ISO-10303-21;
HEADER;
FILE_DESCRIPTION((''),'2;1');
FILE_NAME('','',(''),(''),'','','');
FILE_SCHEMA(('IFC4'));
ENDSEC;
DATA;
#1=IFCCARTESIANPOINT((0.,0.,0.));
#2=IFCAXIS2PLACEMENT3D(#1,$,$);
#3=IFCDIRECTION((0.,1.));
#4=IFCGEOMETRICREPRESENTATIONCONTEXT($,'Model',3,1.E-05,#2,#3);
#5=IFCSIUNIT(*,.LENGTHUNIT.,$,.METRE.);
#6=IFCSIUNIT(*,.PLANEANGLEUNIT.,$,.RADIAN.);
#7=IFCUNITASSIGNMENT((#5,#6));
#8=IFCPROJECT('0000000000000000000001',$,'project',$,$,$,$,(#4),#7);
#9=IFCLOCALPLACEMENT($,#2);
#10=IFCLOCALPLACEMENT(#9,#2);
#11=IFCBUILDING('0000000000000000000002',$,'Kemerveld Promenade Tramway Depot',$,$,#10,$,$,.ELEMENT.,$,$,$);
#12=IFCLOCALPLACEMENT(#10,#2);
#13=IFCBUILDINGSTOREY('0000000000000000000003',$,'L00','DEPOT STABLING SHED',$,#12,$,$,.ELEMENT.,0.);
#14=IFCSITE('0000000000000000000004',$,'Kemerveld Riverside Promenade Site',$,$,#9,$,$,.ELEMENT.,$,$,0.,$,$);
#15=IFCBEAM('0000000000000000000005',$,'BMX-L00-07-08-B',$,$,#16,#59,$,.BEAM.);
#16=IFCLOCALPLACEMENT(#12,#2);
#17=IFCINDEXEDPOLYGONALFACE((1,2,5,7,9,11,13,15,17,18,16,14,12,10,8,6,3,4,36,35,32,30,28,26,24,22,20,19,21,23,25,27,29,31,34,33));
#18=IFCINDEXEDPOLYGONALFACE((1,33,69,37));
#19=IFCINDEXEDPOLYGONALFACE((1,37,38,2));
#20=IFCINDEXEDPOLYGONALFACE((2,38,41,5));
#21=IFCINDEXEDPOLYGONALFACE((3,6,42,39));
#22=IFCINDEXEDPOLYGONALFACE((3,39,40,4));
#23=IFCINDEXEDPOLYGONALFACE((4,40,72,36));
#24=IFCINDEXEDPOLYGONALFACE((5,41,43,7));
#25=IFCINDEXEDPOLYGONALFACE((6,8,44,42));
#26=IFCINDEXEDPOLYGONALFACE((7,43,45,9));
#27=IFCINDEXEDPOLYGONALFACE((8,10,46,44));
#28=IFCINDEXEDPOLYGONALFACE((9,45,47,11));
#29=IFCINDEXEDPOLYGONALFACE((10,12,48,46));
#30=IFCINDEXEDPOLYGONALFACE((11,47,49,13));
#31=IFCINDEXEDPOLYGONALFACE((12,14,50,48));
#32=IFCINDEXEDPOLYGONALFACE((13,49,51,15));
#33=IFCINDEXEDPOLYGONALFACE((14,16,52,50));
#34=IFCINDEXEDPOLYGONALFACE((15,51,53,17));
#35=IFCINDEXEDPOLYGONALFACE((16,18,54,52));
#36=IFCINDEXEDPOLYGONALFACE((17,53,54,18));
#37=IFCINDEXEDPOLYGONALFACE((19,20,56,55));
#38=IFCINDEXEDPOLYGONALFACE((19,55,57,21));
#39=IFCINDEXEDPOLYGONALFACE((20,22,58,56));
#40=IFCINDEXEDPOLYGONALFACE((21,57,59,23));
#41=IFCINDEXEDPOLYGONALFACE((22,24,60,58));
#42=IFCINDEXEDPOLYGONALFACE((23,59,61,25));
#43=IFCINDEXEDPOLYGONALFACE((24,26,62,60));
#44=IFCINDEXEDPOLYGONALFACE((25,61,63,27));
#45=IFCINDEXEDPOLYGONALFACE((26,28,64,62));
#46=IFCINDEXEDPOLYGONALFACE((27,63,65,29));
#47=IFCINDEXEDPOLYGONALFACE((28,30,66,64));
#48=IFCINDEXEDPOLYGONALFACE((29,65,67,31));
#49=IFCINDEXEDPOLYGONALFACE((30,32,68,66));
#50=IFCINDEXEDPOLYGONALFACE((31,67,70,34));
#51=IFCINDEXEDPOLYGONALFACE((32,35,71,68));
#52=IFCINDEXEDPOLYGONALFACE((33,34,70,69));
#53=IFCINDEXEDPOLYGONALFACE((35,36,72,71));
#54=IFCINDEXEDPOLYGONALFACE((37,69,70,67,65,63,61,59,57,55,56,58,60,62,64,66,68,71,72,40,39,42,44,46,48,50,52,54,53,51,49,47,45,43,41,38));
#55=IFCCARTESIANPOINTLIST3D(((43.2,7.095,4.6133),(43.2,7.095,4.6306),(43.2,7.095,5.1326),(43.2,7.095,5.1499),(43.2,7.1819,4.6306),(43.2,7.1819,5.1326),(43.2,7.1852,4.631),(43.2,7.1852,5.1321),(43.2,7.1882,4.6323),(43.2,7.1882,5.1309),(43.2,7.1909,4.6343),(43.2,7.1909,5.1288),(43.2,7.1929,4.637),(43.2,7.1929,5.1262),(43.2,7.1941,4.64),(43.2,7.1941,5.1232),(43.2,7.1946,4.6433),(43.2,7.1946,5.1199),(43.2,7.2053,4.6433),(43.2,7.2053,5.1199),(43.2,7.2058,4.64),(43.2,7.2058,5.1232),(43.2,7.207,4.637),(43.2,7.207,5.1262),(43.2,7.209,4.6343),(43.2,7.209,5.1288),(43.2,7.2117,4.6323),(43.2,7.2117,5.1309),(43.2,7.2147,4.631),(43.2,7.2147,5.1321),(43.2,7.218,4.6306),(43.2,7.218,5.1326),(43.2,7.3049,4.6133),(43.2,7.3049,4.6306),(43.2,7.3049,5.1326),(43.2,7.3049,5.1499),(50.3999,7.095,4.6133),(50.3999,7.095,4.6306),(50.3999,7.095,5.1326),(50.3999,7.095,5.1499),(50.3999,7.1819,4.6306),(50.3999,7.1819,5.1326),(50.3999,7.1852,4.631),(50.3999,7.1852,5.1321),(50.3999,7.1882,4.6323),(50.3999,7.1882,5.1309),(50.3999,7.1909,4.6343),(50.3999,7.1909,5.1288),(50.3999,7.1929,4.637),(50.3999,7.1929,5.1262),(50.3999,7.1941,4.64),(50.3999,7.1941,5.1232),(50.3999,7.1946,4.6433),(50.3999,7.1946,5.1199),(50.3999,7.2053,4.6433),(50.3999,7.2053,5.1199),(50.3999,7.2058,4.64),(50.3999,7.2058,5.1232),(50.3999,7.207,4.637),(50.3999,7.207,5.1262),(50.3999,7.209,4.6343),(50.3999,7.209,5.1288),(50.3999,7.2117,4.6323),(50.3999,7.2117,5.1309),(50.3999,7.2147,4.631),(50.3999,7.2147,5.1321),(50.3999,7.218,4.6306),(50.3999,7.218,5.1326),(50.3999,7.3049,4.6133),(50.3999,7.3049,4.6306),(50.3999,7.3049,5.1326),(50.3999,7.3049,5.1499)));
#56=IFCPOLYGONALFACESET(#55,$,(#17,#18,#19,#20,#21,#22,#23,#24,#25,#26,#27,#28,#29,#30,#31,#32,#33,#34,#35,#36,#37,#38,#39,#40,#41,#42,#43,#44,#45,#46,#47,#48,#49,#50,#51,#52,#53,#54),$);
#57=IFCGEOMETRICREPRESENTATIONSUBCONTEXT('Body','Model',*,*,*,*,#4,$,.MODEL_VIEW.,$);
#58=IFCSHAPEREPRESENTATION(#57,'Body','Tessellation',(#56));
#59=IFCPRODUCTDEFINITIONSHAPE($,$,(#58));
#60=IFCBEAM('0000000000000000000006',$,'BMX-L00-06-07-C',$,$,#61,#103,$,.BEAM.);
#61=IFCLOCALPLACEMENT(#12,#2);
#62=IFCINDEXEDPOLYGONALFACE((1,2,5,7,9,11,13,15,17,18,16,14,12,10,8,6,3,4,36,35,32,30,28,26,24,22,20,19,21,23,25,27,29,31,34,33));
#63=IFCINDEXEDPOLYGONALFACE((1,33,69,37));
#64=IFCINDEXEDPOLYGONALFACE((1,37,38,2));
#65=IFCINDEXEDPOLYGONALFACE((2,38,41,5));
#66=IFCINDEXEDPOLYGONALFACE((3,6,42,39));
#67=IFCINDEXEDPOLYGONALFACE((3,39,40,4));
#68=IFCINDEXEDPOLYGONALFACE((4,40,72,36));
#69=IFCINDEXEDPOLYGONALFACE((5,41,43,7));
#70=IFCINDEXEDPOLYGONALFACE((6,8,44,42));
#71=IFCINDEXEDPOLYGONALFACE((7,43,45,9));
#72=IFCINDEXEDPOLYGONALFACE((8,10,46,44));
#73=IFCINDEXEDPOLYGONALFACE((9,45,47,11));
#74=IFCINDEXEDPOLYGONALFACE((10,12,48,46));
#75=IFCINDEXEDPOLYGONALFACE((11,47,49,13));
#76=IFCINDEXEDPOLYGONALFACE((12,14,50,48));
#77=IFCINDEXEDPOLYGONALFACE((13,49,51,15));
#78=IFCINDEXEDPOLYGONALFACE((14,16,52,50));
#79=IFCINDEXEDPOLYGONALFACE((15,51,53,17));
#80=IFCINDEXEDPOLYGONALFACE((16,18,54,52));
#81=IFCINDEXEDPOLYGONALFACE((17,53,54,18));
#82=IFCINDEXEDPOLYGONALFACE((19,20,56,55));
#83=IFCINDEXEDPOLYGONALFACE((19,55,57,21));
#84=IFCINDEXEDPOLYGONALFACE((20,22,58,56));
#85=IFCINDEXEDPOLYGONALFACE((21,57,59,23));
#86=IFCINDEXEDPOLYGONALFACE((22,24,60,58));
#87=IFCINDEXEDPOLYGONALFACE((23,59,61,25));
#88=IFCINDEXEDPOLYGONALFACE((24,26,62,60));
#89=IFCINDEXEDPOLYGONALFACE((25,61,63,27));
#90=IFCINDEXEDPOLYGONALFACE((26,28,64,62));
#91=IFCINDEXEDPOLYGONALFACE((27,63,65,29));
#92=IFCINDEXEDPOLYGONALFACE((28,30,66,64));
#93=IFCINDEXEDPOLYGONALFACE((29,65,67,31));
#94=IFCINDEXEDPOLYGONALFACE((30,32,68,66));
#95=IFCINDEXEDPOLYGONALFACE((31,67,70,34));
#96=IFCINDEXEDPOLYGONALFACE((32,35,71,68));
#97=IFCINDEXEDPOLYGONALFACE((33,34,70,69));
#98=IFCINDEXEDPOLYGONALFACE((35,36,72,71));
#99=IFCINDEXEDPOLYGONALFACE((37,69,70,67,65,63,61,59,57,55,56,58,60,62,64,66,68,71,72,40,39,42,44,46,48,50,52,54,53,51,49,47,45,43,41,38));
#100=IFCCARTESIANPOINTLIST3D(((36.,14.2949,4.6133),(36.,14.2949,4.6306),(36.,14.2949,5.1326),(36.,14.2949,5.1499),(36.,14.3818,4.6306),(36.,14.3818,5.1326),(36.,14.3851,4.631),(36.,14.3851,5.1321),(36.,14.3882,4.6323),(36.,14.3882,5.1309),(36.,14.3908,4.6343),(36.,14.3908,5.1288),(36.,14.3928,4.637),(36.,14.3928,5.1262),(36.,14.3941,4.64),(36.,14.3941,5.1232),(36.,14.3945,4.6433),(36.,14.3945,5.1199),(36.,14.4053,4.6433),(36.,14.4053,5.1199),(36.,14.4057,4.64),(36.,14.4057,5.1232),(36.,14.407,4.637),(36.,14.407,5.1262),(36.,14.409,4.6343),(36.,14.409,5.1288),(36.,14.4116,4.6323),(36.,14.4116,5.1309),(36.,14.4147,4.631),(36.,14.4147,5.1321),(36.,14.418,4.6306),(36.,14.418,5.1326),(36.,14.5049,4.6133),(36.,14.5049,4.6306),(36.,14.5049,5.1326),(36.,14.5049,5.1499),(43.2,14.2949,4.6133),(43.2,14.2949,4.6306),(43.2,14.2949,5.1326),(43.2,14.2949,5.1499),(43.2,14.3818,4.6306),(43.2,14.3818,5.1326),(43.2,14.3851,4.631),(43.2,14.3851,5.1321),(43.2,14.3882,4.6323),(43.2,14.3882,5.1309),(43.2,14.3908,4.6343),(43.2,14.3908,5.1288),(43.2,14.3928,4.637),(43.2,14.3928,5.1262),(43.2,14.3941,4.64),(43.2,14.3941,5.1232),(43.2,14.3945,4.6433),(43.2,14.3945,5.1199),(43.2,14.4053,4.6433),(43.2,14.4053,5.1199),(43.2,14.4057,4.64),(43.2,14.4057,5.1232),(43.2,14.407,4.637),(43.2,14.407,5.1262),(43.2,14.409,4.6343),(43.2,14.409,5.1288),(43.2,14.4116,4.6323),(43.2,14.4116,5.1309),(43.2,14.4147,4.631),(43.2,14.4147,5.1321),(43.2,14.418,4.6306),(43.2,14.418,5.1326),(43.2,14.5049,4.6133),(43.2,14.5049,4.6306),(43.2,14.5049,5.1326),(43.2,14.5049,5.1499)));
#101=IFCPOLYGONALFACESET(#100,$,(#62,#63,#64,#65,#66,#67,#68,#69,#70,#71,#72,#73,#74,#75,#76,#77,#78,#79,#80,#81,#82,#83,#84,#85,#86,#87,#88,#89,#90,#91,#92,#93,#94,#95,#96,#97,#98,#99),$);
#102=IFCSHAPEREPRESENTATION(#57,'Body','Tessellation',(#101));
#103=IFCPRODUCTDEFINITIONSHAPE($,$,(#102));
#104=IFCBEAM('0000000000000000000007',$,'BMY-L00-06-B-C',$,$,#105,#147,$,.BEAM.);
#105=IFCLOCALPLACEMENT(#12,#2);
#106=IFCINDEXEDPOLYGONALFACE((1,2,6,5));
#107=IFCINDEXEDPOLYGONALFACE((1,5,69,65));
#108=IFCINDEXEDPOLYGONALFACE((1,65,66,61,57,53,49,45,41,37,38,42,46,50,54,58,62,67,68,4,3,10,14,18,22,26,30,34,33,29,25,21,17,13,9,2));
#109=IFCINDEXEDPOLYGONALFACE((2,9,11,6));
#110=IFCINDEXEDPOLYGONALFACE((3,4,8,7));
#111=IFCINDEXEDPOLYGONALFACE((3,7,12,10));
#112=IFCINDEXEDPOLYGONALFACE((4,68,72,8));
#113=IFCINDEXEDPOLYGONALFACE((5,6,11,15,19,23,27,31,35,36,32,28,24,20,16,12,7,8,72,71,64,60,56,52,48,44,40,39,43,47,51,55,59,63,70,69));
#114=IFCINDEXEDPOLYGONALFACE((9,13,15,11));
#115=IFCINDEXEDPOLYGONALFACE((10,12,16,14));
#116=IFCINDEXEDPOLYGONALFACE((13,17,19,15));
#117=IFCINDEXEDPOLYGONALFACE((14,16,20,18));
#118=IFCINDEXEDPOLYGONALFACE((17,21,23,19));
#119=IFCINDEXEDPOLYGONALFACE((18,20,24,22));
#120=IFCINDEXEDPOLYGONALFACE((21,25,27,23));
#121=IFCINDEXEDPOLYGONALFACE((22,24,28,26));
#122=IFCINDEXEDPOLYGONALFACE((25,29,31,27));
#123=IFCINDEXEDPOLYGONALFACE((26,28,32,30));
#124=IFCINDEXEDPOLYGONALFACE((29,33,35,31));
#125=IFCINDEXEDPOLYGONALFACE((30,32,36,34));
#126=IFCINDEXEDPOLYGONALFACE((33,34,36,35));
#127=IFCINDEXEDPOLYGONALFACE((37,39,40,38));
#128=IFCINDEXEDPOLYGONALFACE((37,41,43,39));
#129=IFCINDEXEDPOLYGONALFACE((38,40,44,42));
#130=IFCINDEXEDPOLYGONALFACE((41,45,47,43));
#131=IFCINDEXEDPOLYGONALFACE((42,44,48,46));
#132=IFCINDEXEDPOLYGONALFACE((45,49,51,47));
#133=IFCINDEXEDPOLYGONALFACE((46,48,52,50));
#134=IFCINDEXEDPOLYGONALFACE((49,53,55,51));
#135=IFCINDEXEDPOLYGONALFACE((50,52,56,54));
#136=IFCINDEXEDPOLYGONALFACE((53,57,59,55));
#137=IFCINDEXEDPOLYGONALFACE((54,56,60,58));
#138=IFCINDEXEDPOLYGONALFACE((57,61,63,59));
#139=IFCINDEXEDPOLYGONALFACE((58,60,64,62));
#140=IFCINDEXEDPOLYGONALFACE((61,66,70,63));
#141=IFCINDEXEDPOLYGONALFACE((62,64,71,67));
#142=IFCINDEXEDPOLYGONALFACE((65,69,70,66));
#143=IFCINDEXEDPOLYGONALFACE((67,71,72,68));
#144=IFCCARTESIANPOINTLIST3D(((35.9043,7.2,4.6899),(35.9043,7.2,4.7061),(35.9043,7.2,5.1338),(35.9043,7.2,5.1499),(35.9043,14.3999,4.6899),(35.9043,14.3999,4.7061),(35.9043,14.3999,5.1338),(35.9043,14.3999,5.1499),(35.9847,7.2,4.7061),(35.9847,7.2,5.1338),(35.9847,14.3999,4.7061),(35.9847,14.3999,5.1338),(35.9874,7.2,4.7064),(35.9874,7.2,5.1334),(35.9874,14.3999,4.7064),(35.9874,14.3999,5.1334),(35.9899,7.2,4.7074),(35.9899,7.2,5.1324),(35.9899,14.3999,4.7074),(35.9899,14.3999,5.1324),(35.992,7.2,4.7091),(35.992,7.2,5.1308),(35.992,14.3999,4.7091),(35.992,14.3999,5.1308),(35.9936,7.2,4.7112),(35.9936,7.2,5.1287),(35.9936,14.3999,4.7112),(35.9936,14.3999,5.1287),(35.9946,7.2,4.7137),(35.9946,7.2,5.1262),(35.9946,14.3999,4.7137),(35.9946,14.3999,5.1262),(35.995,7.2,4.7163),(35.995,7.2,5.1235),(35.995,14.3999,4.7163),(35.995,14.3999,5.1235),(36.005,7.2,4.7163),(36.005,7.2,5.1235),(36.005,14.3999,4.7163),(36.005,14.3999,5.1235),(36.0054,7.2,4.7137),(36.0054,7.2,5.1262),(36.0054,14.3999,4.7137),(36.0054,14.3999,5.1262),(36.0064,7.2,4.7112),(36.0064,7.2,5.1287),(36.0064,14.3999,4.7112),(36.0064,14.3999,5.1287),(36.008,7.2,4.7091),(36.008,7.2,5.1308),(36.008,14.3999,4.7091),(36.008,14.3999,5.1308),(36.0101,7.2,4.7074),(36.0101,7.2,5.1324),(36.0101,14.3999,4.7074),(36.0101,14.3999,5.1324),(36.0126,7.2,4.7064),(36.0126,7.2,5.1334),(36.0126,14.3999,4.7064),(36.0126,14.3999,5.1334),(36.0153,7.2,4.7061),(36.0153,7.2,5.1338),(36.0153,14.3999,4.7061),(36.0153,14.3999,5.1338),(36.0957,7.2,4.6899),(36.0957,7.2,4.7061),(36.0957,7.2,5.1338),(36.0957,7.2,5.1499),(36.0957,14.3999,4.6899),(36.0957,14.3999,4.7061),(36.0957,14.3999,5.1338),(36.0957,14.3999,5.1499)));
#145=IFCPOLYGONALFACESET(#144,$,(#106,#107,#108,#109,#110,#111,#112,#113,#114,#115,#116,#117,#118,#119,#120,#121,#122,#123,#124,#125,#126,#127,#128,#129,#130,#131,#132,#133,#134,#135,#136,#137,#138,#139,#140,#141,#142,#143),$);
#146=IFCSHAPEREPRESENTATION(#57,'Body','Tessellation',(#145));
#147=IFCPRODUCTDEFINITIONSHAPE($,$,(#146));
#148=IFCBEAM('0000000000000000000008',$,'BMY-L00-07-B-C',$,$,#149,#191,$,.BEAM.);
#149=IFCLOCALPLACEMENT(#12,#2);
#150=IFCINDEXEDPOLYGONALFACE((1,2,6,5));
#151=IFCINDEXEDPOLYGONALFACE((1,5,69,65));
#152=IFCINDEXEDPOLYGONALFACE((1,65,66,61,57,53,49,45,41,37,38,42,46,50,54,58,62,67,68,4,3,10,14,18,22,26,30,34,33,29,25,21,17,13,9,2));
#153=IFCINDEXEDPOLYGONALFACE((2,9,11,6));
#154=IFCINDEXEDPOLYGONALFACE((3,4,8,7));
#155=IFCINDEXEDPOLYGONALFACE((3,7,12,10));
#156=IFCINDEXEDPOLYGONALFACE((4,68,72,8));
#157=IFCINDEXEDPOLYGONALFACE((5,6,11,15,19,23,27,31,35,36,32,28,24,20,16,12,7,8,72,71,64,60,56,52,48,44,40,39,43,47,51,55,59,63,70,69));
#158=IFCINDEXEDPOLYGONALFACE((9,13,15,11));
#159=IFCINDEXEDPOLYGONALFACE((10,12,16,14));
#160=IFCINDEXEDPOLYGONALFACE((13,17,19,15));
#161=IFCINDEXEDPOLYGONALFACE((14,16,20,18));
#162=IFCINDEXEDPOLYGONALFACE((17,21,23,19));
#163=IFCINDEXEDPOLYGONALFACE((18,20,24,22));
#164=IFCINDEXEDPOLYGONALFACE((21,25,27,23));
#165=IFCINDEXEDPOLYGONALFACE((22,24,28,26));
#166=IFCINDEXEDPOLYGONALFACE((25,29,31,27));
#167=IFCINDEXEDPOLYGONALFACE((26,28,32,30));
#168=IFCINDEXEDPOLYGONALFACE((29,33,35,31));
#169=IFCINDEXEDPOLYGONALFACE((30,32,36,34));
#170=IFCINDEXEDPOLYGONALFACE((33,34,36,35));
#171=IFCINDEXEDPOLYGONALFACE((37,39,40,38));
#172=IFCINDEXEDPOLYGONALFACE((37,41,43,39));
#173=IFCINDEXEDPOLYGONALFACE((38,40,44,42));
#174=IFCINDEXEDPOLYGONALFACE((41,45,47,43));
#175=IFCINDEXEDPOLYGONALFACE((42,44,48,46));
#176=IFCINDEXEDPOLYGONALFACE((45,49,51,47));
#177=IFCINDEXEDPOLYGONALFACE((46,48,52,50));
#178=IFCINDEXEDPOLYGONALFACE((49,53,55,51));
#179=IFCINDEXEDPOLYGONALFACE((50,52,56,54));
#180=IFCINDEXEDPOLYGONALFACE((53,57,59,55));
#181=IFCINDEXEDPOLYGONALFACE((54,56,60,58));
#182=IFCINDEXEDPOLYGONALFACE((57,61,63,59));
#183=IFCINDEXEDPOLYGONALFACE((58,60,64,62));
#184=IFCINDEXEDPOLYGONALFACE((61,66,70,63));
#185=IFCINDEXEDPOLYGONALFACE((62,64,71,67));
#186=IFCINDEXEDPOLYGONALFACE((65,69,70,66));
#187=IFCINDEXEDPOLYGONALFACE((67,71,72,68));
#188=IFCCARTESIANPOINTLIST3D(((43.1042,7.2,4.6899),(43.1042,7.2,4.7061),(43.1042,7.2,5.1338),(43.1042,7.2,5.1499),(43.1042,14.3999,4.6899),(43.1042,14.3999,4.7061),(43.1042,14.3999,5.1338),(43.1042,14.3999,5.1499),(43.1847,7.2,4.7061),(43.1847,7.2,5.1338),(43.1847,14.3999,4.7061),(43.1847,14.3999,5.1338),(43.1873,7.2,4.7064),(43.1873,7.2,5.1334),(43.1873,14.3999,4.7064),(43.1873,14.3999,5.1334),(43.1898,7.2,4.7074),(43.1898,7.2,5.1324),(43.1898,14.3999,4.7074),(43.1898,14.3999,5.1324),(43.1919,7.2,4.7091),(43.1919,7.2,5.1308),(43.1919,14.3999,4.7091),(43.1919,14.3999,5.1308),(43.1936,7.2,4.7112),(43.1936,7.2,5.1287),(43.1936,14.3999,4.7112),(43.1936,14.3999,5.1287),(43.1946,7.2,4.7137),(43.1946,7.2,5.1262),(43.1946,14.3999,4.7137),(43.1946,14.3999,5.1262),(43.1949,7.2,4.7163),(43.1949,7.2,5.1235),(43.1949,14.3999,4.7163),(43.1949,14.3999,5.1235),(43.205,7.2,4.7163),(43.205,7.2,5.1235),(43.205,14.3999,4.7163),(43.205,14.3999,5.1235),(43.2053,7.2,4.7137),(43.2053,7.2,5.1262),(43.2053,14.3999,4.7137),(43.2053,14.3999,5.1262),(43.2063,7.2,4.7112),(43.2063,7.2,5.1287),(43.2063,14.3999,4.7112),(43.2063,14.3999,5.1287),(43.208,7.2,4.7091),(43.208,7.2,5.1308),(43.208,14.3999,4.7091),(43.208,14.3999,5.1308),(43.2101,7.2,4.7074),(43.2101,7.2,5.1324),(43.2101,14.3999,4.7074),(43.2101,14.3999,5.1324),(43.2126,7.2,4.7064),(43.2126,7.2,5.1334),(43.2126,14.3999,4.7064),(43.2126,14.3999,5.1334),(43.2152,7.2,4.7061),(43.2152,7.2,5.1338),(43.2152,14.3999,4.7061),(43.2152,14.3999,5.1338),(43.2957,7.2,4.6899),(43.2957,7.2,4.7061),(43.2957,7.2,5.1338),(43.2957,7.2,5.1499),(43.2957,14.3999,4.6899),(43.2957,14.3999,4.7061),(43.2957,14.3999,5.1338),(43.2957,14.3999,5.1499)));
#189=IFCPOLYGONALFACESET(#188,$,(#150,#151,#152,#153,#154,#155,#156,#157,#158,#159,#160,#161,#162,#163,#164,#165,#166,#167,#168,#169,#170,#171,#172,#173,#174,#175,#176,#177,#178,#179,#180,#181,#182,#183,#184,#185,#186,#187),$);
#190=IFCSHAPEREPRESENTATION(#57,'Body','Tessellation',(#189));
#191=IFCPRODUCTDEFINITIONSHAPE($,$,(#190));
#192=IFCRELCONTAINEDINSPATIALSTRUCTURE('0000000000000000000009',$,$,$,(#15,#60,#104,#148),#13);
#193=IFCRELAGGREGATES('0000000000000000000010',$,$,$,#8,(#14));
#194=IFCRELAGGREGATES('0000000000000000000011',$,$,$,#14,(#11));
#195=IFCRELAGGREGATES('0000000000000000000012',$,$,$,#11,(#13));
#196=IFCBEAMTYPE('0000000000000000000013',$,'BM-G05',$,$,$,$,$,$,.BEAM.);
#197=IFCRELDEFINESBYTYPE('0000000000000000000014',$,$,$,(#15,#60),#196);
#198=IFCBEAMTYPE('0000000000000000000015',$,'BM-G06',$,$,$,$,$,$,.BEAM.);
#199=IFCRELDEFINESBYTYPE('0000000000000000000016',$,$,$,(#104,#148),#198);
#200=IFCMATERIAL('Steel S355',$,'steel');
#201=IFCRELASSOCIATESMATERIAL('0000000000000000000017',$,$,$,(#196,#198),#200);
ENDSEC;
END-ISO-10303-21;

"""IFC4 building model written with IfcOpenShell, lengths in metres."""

from ifc_helpers import new_model, si_unit, direction, frame, origin, origin_2d, place, context, subcontext, project, spatial, i_section, extrude, material, material_profile, profile_set, type_object, element, save


model = new_model("IFC4")

# Units and contexts
model_context = context("Model", 3, precision=1e-05, world=origin(), true_north=direction((0.0, 1.0)))
body_context = subcontext(model_context, "Body", "Model", "MODEL_VIEW")
ifc_project = project(units=[si_unit("LENGTHUNIT", "METRE"), si_unit("PLANEANGLEUNIT", "RADIAN")], contexts=[model_context])

# Site, building, storey
site_placement = place(None, origin())
site = spatial("IfcSite", under=ifc_project, at=site_placement, Name="Kemerveld Riverside Promenade Site", CompositionType="ELEMENT", RefElevation=0.0)
building_placement = place(site_placement, origin())
building = spatial("IfcBuilding", under=site, at=building_placement, Name="Kemerveld Promenade Tramway Depot", CompositionType="ELEMENT")
storey_placement = place(building_placement, origin())
storey = spatial("IfcBuildingStorey", under=building, at=storey_placement, Name="L00", Description="DEPOT STABLING SHED", CompositionType="ELEMENT", Elevation=0.0)

# Shared definitions
ifc_material_1 = material(Name="Steel S355", Category="steel")

# Beams
ifc_material_profile_1 = material_profile(ifc_material_1, i_section(OverallWidth=0.21, OverallDepth=0.5366, WebThickness=0.0107, FlangeThickness=0.0173, FilletRadius=0.0127, at=origin_2d()), Name="533x210x101 UB")
ifc_profile_set_1 = profile_set([ifc_material_profile_1], Name="Steel S355")
beam_type_1 = type_object("IfcBeamType", Name="BM-G05", PredefinedType="BEAM", material=ifc_profile_set_1)
for number, where, z_axis, x_axis, name in (
    (1, (43.2, 7.2, 4.8816), (1.0, 0.0, 0.0), (0.0, 1.0, 0.0), "BMX-L00-07-08-B"),
    (2, (36.0, 14.3999, 4.8816), (1.0, 0.0, 0.0), (0.0, 1.0, 0.0), "BMX-L00-06-07-C"),
):
    element("IfcBeam", number, at=place(storey_placement, frame(where, z_axis=z_axis, x_axis=x_axis)), inside=storey, type_object=beam_type_1, Name=name, PredefinedType="BEAM", context=body_context, shape_type="SweptSolid", body=[
        extrude(i_section(OverallWidth=0.21, OverallDepth=0.5366, WebThickness=0.0107, FlangeThickness=0.0173, FilletRadius=0.0127, at=origin_2d()), origin(), (0.0, 0.0, 1.0), 7.2),
    ])
ifc_material_profile_2 = material_profile(ifc_material_1, i_section(OverallWidth=0.1914, OverallDepth=0.46, WebThickness=0.01, FlangeThickness=0.0161, FilletRadius=0.0103, at=origin_2d()), Name="457x191x82 UB")
ifc_profile_set_2 = profile_set([ifc_material_profile_2], Name="Steel S355")
beam_type_2 = type_object("IfcBeamType", Name="BM-G06", PredefinedType="BEAM", material=ifc_profile_set_2)
for number, where, z_axis, x_axis, name in (
    (3, (36.0, 7.2, 4.9199), (0.0, 1.0, 0.0), (-1.0, 0.0, 0.0), "BMY-L00-06-B-C"),
    (4, (43.2, 7.2, 4.9199), (0.0, 1.0, 0.0), (-1.0, 0.0, 0.0), "BMY-L00-07-B-C"),
):
    element("IfcBeam", number, at=place(storey_placement, frame(where, z_axis=z_axis, x_axis=x_axis)), inside=storey, type_object=beam_type_2, Name=name, PredefinedType="BEAM", context=body_context, shape_type="SweptSolid", body=[
        extrude(i_section(OverallWidth=0.1914, OverallDepth=0.46, WebThickness=0.01, FlangeThickness=0.0161, FilletRadius=0.0103, at=origin_2d()), origin(), (0.0, 0.0, 1.0), 7.2),
    ])

save(model, "model.ifc")
